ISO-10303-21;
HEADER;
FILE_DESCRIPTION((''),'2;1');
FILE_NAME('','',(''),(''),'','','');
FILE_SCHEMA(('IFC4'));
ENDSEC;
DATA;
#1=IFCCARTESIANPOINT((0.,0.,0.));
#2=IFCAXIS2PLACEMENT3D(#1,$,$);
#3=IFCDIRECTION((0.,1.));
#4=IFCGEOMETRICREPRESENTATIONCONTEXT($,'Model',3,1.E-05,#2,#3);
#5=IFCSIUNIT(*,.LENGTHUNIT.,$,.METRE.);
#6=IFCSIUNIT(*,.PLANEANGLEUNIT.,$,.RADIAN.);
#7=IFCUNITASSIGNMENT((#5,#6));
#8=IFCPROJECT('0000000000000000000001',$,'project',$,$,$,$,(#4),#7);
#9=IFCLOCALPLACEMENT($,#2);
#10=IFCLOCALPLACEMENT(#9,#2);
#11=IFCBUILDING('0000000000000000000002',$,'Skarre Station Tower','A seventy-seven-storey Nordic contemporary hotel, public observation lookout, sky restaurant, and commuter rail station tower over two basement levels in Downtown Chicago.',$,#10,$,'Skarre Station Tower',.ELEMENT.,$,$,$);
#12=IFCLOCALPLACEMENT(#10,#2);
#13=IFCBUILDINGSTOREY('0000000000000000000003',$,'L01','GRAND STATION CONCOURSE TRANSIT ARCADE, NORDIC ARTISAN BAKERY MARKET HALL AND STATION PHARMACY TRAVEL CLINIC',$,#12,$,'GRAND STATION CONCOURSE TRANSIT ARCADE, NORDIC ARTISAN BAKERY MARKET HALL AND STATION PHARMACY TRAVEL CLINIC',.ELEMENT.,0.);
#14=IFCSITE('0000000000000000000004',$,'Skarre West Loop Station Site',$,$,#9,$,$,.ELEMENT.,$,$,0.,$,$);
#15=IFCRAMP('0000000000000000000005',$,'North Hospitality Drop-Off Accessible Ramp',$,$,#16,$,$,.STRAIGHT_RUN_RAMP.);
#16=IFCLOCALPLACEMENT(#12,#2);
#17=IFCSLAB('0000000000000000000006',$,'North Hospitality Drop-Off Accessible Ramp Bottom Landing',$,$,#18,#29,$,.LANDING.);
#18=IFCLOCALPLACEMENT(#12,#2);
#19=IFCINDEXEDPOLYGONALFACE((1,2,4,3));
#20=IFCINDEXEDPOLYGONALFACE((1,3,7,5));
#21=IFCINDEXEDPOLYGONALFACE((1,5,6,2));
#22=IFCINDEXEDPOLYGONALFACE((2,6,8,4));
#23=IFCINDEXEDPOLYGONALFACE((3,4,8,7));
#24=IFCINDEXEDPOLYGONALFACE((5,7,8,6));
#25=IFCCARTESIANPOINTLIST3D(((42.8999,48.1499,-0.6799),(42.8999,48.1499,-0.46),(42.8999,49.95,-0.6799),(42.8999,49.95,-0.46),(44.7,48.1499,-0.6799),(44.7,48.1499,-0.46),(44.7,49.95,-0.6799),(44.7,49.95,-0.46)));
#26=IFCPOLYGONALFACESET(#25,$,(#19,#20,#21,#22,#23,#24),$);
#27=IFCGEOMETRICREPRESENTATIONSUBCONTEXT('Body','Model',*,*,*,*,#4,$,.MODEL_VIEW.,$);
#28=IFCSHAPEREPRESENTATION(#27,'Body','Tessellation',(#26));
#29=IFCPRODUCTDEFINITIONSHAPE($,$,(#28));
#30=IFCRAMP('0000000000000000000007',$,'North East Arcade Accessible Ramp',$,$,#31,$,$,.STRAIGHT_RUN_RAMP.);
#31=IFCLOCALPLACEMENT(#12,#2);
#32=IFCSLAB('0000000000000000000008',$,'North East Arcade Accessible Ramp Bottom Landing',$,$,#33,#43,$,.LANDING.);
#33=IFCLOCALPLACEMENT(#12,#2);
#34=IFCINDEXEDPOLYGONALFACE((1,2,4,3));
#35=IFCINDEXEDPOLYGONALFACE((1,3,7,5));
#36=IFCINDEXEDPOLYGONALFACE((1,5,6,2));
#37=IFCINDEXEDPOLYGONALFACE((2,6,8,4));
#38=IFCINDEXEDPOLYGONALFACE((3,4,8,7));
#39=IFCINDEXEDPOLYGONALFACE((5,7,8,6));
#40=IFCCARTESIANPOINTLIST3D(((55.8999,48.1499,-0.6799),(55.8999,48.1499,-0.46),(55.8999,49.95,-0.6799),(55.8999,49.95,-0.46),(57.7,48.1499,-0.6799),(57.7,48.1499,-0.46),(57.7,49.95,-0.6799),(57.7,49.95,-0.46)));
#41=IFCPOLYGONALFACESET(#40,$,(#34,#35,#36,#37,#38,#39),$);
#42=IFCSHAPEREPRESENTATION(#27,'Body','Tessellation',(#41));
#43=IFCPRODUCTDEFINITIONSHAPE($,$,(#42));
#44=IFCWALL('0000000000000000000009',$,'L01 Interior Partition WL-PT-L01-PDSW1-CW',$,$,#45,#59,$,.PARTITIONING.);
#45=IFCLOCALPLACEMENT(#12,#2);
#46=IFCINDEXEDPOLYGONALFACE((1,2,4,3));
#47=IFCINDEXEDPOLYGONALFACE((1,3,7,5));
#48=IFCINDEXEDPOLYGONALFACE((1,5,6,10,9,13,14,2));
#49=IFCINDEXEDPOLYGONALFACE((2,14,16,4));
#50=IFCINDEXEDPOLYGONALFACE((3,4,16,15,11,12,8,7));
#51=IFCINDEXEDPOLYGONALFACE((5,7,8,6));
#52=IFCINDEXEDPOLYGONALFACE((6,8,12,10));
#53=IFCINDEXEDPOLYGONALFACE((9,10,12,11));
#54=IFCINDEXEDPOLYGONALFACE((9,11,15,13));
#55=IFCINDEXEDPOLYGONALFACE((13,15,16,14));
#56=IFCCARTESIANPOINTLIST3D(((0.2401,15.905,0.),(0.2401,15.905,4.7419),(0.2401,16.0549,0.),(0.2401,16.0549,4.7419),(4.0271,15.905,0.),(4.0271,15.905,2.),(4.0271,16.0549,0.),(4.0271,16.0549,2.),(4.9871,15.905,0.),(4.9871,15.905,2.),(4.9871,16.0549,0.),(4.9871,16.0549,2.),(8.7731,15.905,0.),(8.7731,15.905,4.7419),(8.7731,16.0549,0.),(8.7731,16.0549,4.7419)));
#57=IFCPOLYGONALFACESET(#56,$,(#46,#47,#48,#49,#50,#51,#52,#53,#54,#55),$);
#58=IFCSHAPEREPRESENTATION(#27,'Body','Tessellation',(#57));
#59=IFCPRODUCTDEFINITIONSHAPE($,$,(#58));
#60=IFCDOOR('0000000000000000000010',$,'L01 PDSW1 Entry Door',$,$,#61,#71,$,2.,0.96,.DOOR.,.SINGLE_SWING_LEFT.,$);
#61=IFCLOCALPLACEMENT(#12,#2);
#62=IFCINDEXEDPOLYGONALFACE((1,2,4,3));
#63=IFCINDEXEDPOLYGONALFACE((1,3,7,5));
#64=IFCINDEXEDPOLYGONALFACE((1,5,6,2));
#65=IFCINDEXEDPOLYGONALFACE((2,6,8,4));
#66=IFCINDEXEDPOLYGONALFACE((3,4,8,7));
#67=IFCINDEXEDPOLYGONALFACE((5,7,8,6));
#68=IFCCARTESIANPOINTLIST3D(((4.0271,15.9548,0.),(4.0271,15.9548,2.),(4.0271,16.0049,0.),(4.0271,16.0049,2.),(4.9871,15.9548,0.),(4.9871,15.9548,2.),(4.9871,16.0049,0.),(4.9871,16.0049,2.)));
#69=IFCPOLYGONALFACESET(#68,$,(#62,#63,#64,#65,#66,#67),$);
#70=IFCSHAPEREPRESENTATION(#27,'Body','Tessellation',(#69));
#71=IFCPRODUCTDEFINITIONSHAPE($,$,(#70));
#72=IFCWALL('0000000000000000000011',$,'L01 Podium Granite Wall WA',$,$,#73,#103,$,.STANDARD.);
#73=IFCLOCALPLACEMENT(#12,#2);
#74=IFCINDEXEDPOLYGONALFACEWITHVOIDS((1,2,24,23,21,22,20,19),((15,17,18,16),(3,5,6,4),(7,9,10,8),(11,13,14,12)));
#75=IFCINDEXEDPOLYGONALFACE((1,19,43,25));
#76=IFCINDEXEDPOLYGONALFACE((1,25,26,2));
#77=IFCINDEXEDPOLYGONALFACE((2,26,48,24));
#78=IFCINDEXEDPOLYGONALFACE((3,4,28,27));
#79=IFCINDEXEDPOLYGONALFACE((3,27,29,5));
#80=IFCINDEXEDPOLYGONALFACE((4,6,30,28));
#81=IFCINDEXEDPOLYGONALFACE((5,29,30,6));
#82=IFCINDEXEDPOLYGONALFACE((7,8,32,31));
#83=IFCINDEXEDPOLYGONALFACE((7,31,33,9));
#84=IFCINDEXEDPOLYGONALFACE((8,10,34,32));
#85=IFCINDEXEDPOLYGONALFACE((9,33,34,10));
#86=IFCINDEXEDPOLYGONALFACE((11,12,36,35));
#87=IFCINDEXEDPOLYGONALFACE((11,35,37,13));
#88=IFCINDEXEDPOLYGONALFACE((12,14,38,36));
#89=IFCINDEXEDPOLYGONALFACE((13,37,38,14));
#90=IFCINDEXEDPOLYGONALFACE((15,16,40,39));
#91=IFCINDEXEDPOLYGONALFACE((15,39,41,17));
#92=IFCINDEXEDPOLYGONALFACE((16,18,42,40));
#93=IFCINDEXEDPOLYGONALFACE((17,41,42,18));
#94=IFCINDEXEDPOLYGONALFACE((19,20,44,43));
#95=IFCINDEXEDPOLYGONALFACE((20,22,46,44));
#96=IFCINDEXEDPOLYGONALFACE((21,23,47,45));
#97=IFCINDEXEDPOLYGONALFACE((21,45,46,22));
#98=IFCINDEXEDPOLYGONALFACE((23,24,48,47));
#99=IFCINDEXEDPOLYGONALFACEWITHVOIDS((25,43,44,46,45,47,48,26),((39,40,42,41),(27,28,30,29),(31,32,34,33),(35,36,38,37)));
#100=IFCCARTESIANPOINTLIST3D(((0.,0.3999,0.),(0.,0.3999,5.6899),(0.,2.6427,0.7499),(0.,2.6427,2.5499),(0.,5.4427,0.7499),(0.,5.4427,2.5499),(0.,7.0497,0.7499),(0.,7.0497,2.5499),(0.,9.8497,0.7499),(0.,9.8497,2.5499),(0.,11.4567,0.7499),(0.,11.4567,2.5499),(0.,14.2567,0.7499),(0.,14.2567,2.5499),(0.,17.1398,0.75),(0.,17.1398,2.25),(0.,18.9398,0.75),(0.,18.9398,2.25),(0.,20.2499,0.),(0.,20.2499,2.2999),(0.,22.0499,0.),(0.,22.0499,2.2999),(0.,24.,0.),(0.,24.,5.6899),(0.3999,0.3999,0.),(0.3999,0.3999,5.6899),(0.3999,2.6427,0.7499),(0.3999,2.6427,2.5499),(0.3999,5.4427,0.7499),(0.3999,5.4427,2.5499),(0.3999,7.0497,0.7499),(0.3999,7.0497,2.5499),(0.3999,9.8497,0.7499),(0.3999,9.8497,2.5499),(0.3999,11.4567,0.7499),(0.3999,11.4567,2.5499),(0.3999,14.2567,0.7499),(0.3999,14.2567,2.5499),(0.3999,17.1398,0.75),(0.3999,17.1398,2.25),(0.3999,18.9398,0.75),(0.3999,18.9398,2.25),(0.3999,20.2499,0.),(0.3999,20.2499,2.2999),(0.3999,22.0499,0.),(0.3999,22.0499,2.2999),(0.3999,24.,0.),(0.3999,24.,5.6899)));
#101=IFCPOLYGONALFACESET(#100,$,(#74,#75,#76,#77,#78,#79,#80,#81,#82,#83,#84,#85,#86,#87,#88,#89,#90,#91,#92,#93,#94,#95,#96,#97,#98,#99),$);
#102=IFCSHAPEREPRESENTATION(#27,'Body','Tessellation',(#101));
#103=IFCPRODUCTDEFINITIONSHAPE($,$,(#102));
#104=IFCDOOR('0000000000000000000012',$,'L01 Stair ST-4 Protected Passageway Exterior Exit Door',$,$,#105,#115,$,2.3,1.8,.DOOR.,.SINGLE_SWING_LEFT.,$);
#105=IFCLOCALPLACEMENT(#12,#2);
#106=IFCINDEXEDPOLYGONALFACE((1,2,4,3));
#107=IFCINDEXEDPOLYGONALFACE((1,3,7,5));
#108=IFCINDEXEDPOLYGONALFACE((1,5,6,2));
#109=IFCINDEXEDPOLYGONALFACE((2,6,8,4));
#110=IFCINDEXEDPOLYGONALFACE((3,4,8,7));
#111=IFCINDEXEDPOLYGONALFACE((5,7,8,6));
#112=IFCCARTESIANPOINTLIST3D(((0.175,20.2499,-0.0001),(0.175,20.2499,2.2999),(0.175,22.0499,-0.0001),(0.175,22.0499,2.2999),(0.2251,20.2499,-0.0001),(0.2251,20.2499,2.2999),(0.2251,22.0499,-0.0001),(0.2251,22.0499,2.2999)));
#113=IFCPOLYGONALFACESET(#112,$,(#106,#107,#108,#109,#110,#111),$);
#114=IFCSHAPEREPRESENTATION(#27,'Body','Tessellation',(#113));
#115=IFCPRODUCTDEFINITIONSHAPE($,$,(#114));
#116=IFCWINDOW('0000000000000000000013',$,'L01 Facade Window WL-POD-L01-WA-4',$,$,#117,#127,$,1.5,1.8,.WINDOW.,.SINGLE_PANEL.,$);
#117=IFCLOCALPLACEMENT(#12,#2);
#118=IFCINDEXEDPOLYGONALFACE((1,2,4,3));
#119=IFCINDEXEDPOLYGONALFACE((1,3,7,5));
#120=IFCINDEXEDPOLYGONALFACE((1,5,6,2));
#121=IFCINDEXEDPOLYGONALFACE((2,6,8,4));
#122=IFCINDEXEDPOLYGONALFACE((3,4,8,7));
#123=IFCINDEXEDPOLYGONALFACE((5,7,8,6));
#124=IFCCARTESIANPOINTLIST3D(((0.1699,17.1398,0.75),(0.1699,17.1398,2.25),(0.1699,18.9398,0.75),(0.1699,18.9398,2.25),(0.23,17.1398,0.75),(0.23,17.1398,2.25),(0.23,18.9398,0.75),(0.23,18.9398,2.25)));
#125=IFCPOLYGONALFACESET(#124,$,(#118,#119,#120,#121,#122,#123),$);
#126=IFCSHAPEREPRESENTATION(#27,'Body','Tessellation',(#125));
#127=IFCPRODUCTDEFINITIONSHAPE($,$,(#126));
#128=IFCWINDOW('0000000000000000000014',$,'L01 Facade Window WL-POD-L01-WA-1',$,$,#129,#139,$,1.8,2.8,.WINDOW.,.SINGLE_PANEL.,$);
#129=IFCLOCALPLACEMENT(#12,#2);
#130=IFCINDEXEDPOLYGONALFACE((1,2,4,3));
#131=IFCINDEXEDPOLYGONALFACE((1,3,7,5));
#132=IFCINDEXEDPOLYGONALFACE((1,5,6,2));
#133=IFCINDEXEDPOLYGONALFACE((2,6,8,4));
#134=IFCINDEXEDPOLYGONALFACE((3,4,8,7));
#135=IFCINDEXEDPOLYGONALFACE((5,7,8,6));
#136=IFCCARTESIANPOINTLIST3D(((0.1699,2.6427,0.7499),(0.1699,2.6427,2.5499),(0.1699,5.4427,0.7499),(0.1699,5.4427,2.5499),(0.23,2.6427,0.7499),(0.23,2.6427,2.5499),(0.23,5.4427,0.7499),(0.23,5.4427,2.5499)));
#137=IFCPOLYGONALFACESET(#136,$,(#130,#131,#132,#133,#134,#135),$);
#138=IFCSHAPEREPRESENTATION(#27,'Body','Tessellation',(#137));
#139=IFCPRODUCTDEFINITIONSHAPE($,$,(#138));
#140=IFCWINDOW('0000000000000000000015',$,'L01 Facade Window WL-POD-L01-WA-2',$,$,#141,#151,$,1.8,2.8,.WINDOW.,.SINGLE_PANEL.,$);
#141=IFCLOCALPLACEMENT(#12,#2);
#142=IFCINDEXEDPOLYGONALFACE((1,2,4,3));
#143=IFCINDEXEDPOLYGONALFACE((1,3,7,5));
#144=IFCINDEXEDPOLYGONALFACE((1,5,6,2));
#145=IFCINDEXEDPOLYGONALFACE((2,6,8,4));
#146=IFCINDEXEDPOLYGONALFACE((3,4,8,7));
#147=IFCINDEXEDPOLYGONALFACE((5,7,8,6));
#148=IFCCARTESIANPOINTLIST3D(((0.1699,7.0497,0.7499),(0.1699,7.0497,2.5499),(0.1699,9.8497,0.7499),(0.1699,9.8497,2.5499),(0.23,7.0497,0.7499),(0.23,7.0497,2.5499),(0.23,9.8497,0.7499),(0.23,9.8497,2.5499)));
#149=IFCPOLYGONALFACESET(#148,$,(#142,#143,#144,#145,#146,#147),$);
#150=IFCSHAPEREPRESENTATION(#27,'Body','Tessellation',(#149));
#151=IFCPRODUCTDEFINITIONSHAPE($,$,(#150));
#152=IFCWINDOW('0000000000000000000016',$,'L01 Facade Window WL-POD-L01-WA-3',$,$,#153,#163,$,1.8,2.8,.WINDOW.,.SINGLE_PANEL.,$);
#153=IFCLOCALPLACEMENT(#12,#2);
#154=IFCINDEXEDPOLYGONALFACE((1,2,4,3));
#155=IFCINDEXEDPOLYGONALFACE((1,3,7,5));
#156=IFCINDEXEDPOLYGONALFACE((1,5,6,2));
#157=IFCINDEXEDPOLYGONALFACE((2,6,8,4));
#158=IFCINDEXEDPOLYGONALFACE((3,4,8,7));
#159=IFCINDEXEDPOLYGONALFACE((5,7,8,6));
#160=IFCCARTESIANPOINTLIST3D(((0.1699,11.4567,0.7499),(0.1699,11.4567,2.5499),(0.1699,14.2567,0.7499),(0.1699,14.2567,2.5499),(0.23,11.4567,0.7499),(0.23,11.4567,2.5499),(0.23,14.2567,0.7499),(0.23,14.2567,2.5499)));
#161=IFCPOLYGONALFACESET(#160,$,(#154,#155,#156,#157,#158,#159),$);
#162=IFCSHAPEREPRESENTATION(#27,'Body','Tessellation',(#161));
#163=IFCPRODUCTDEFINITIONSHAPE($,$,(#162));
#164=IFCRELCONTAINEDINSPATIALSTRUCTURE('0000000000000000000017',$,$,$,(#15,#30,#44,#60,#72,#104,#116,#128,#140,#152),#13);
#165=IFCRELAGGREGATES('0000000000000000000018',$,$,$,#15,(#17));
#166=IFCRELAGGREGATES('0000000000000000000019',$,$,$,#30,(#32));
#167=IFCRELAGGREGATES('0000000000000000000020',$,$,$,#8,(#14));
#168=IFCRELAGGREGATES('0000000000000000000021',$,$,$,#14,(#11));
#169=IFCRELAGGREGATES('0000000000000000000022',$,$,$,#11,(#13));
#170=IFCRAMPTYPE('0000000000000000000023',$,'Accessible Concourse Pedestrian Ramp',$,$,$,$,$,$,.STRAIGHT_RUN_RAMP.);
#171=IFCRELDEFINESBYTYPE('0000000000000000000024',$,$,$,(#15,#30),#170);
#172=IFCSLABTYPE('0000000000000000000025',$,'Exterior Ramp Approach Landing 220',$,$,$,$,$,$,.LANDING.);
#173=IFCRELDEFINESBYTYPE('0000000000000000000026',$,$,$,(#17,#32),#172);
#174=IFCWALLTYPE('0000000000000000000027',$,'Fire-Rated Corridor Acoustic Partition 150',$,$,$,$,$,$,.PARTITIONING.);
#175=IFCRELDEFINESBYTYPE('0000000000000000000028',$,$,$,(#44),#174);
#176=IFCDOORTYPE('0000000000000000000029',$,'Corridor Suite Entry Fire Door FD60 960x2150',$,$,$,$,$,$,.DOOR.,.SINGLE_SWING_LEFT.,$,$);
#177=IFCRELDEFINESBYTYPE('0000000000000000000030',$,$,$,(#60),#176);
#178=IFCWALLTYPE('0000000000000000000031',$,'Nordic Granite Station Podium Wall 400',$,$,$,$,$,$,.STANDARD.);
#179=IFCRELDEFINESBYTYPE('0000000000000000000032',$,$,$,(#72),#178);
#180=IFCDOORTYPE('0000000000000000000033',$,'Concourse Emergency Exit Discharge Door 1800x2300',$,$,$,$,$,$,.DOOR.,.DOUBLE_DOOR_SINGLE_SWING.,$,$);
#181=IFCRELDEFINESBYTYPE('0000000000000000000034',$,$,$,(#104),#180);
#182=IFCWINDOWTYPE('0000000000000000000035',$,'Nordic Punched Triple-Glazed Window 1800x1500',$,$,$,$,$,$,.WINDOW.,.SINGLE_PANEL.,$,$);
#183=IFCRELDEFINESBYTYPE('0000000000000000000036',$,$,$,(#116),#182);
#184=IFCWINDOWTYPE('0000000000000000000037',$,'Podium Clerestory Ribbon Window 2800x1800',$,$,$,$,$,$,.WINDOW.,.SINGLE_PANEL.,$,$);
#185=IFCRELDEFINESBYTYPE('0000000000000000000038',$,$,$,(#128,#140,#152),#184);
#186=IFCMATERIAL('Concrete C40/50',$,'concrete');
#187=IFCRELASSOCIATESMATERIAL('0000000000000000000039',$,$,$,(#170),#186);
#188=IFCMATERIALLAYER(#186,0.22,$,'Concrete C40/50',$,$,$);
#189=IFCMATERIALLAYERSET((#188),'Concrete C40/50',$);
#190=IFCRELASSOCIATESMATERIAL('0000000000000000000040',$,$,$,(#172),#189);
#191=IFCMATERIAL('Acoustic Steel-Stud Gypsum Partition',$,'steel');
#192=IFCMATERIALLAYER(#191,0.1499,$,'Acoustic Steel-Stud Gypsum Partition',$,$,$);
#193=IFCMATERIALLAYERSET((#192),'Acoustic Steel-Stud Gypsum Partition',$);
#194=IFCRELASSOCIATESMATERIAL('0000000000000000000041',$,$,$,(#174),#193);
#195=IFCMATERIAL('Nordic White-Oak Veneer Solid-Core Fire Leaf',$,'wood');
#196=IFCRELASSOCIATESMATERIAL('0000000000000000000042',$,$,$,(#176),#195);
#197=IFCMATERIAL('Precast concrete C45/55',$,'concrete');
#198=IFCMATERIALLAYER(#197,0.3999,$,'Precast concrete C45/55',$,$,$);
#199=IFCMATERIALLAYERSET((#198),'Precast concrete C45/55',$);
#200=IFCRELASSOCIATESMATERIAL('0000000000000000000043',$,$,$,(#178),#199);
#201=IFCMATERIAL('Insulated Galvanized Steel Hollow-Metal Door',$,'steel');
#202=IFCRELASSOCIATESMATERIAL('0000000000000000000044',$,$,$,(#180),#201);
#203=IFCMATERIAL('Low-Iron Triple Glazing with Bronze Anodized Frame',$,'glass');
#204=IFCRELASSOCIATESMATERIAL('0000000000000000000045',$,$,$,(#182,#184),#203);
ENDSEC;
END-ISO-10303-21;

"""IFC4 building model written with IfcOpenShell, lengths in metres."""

from ifc_helpers import new_model, si_unit, direction, frame, frame_2d, origin, place, context, subcontext, project, spatial, polyline, rectangle, outline, extrude, material, layer, layer_set, type_object, element, fill, aggregate, save


model = new_model("IFC4")

# Units and contexts
model_context = context("Model", 3, precision=1e-05, world=origin(), true_north=direction((0.0, 1.0)))
body_context = subcontext(model_context, "Body", "Model", "MODEL_VIEW")
ifc_project = project(units=[si_unit("LENGTHUNIT", "METRE"), si_unit("PLANEANGLEUNIT", "RADIAN")], contexts=[model_context])

# Site, building, storey
site_placement = place(None, origin())
site = spatial("IfcSite", under=ifc_project, at=site_placement, Name="Skarre West Loop Station Site", CompositionType="ELEMENT", RefElevation=0.0)
building_placement = place(site_placement, origin())
building = spatial("IfcBuilding", under=site, at=building_placement, Name="Skarre Station Tower", Description="A seventy-seven-storey Nordic contemporary hotel, public observation lookout, sky restaurant, and commuter rail station tower over two basement levels in Downtown Chicago.", LongName="Skarre Station Tower", CompositionType="ELEMENT")
storey_placement = place(building_placement, origin())
storey = spatial("IfcBuildingStorey", under=building, at=storey_placement, Name="L01", Description="GRAND STATION CONCOURSE TRANSIT ARCADE, NORDIC ARTISAN BAKERY MARKET HALL AND STATION PHARMACY TRAVEL CLINIC", LongName="GRAND STATION CONCOURSE TRANSIT ARCADE, NORDIC ARTISAN BAKERY MARKET HALL AND STATION PHARMACY TRAVEL CLINIC", CompositionType="ELEMENT", Elevation=0.0)

# Ramps, slabs
ifc_material_1 = material(Name="Concrete C40/50", Category="concrete")
ramp_type = type_object("IfcRampType", Name="Accessible Concourse Pedestrian Ramp", PredefinedType="STRAIGHT_RUN_RAMP", material=ifc_material_1)
ifc_layer_1 = layer(ifc_material_1, 0.22, Name="Concrete C40/50")
ifc_layer_set_1 = layer_set([ifc_layer_1], Name="Concrete C40/50")
slab_type = type_object("IfcSlabType", Name="Exterior Ramp Approach Landing 220", PredefinedType="LANDING", material=ifc_layer_set_1)
ramp_1_placement = place(storey_placement, origin())
ramp_1 = element("IfcRamp", 1, at=ramp_1_placement, inside=storey, type_object=ramp_type, Name="North Hospitality Drop-Off Accessible Ramp", PredefinedType="STRAIGHT_RUN_RAMP")
slab_1_placement = place(storey_placement, frame((0.0, 0.0, -0.6799)))
slab_1 = element("IfcSlab", 2, at=slab_1_placement, type_object=slab_type, Name="North Hospitality Drop-Off Accessible Ramp Bottom Landing", PredefinedType="LANDING", context=body_context, shape_type="SweptSolid", body=[
    extrude(outline(polyline([(42.8999, 48.1499), (44.7, 48.1499), (44.7, 49.95), (42.8999, 49.95), (42.8999, 48.1499)])), origin(), (0.0, 0.0, 1.0), 0.22),
])
aggregate(ramp_1, [slab_1])
ramp_2_placement = place(storey_placement, origin())
ramp_2 = element("IfcRamp", 3, at=ramp_2_placement, inside=storey, type_object=ramp_type, Name="North East Arcade Accessible Ramp", PredefinedType="STRAIGHT_RUN_RAMP")
slab_2_placement = place(storey_placement, frame((0.0, 0.0, -0.6799)))
slab_2 = element("IfcSlab", 4, at=slab_2_placement, type_object=slab_type, Name="North East Arcade Accessible Ramp Bottom Landing", PredefinedType="LANDING", context=body_context, shape_type="SweptSolid", body=[
    extrude(outline(polyline([(55.8999, 48.1499), (57.7, 48.1499), (57.7, 49.95), (55.8999, 49.95), (55.8999, 48.1499)])), origin(), (0.0, 0.0, 1.0), 0.22),
])
aggregate(ramp_2, [slab_2])

# Wall, opening, door
ifc_material_2 = material(Name="Acoustic Steel-Stud Gypsum Partition", Category="steel")
ifc_layer_2 = layer(ifc_material_2, 0.1499, Name="Acoustic Steel-Stud Gypsum Partition")
ifc_layer_set_2 = layer_set([ifc_layer_2], Name="Acoustic Steel-Stud Gypsum Partition")
wall_type_1 = type_object("IfcWallType", Name="Fire-Rated Corridor Acoustic Partition 150", PredefinedType="PARTITIONING", material=ifc_layer_set_2)
wall_1_placement = place(storey_placement, frame((0.24, 15.98, 0.0), z_axis=(0.0, 0.0, 1.0), x_axis=(1.0, 0.0, 0.0)))
wall_1 = element("IfcWall", 5, at=wall_1_placement, inside=storey, type_object=wall_type_1, Name="L01 Interior Partition WL-PT-L01-PDSW1-CW", PredefinedType="PARTITIONING", context=body_context, shape_type="SweptSolid", body=[
    extrude(rectangle(XDim=8.533, YDim=0.1499, at=frame_2d((4.2666, 0.0))), origin(), (0.0, 0.0, 1.0), 4.7419),
])
opening_1_placement = place(wall_1_placement, frame((3.7871, 0.0, 0.0)))
opening_1 = element("IfcOpeningElement", 6, at=opening_1_placement, cuts=wall_1, PredefinedType="OPENING", context=body_context, shape_type="SweptSolid", body=[
    extrude(rectangle(XDim=0.96, YDim=2.0, at=frame_2d((0.48, 1.0))), frame((0.0, 0.085, 0.0), z_axis=(0.0, -1.0, 0.0), x_axis=(1.0, 0.0, 0.0)), (0.0, 0.0, 1.0), 0.1699),
])
ifc_material_3 = material(Name="Nordic White-Oak Veneer Solid-Core Fire Leaf", Category="wood")
door_type_1 = type_object("IfcDoorType", Name="Corridor Suite Entry Fire Door FD60 960x2150", OperationType="SINGLE_SWING_LEFT", PredefinedType="DOOR", material=ifc_material_3)
door_1_placement = place(opening_1_placement, origin())
door_1 = element("IfcDoor", 7, at=door_1_placement, inside=storey, type_object=door_type_1, Name="L01 PDSW1 Entry Door", OperationType="SINGLE_SWING_LEFT", OverallHeight=2.0, OverallWidth=0.96, PredefinedType="DOOR", context=body_context, shape_type="SweptSolid", body=[
    extrude(rectangle(XDim=0.96, YDim=2.0, at=frame_2d((0.48, 1.0))), frame((0.0, 0.0249, 0.0), z_axis=(0.0, -1.0, 0.0), x_axis=(1.0, 0.0, 0.0)), (0.0, 0.0, 1.0), 0.05),
])
fill(opening_1, door_1)

# Wall, openings, door, windows
ifc_material_4 = material(Name="Precast concrete C45/55", Category="concrete")
ifc_layer_3 = layer(ifc_material_4, 0.3999, Name="Precast concrete C45/55")
ifc_layer_set_3 = layer_set([ifc_layer_3], Name="Precast concrete C45/55")
wall_type_2 = type_object("IfcWallType", Name="Nordic Granite Station Podium Wall 400", PredefinedType="STANDARD", material=ifc_layer_set_3)
wall_2_placement = place(storey_placement, frame((0.2, 0.3999, 0.0), z_axis=(0.0, 0.0, 1.0), x_axis=(0.0, 1.0, 0.0)))
wall_2 = element("IfcWall", 8, at=wall_2_placement, inside=storey, type_object=wall_type_2, Name="L01 Podium Granite Wall WA", PredefinedType="STANDARD", context=body_context, shape_type="SweptSolid", body=[
    extrude(rectangle(XDim=23.6001, YDim=0.3999, at=frame_2d((11.8, 0.0))), origin(), (0.0, 0.0, 1.0), 5.6899),
])
opening_2_placement = place(wall_2_placement, frame((19.8501, 0.0, 0.0)))
opening_2 = element("IfcOpeningElement", 9, at=opening_2_placement, cuts=wall_2, PredefinedType="OPENING", context=body_context, shape_type="SweptSolid", body=[
    extrude(rectangle(XDim=1.8, YDim=2.3, at=frame_2d((0.8999, 1.1499))), frame((0.0, 0.21, 0.0), z_axis=(0.0, -1.0, 0.0), x_axis=(1.0, 0.0, 0.0)), (0.0, 0.0, 1.0), 0.4199),
])
opening_3_placement = place(wall_2_placement, frame((2.2429, 0.0, 0.75)))
opening_3 = element("IfcOpeningElement", 10, at=opening_3_placement, cuts=wall_2, PredefinedType="OPENING", context=body_context, shape_type="SweptSolid", body=[
    extrude(rectangle(XDim=2.8, YDim=1.8, at=frame_2d((1.3999, 0.8999))), frame((0.0, 0.21, 0.0), z_axis=(0.0, -1.0, 0.0), x_axis=(1.0, 0.0, 0.0)), (0.0, 0.0, 1.0), 0.4199),
])
opening_4_placement = place(wall_2_placement, frame((6.6499, 0.0, 0.75)))
opening_4 = element("IfcOpeningElement", 11, at=opening_4_placement, cuts=wall_2, PredefinedType="OPENING", context=body_context, shape_type="SweptSolid", body=[
    extrude(rectangle(XDim=2.8, YDim=1.8, at=frame_2d((1.3999, 0.8999))), frame((0.0, 0.21, 0.0), z_axis=(0.0, -1.0, 0.0), x_axis=(1.0, 0.0, 0.0)), (0.0, 0.0, 1.0), 0.4199),
])
opening_5_placement = place(wall_2_placement, frame((11.0569, 0.0, 0.75)))
opening_5 = element("IfcOpeningElement", 12, at=opening_5_placement, cuts=wall_2, PredefinedType="OPENING", context=body_context, shape_type="SweptSolid", body=[
    extrude(rectangle(XDim=2.8, YDim=1.8, at=frame_2d((1.3999, 0.8999))), frame((0.0, 0.21, 0.0), z_axis=(0.0, -1.0, 0.0), x_axis=(1.0, 0.0, 0.0)), (0.0, 0.0, 1.0), 0.4199),
])
opening_6_placement = place(wall_2_placement, frame((16.74, 0.0, 0.75)))
opening_6 = element("IfcOpeningElement", 13, at=opening_6_placement, cuts=wall_2, PredefinedType="OPENING", context=body_context, shape_type="SweptSolid", body=[
    extrude(rectangle(XDim=1.8, YDim=1.5, at=frame_2d((0.8999, 0.75))), frame((0.0, 0.21, 0.0), z_axis=(0.0, -1.0, 0.0), x_axis=(1.0, 0.0, 0.0)), (0.0, 0.0, 1.0), 0.4199),
])
ifc_material_5 = material(Name="Insulated Galvanized Steel Hollow-Metal Door", Category="steel")
door_type_2 = type_object("IfcDoorType", Name="Concourse Emergency Exit Discharge Door 1800x2300", OperationType="DOUBLE_DOOR_SINGLE_SWING", PredefinedType="DOOR", material=ifc_material_5)
door_2_placement = place(opening_2_placement, origin())
door_2 = element("IfcDoor", 14, at=door_2_placement, inside=storey, type_object=door_type_2, Name="L01 Stair ST-4 Protected Passageway Exterior Exit Door", OperationType="SINGLE_SWING_LEFT", OverallHeight=2.3, OverallWidth=1.8, PredefinedType="DOOR", context=body_context, shape_type="SweptSolid", body=[
    extrude(rectangle(XDim=1.8, YDim=2.3, at=frame_2d((0.8999, 1.1499))), frame((0.0, 0.0249, 0.0), z_axis=(0.0, -1.0, 0.0), x_axis=(1.0, 0.0, 0.0)), (0.0, 0.0, 1.0), 0.05),
])
fill(opening_2, door_2)
ifc_material_6 = material(Name="Low-Iron Triple Glazing with Bronze Anodized Frame", Category="glass")
window_type_1 = type_object("IfcWindowType", Name="Nordic Punched Triple-Glazed Window 1800x1500", PartitioningType="SINGLE_PANEL", PredefinedType="WINDOW", material=ifc_material_6)
window_1_placement = place(opening_6_placement, origin())
window_1 = element("IfcWindow", 15, at=window_1_placement, inside=storey, type_object=window_type_1, Name="L01 Facade Window WL-POD-L01-WA-4", OverallHeight=1.5, OverallWidth=1.8, PartitioningType="SINGLE_PANEL", PredefinedType="WINDOW", context=body_context, shape_type="SweptSolid", body=[
    extrude(rectangle(XDim=1.8, YDim=1.5, at=frame_2d((0.8999, 0.75))), frame((0.0, 0.03, 0.0), z_axis=(0.0, -1.0, 0.0), x_axis=(1.0, 0.0, 0.0)), (0.0, 0.0, 1.0), 0.0601),
])
fill(opening_6, window_1)
window_type_2 = type_object("IfcWindowType", Name="Podium Clerestory Ribbon Window 2800x1800", PartitioningType="SINGLE_PANEL", PredefinedType="WINDOW", material=ifc_material_6)
window_2_placement = place(opening_3_placement, origin())
window_2 = element("IfcWindow", 16, at=window_2_placement, inside=storey, type_object=window_type_2, Name="L01 Facade Window WL-POD-L01-WA-1", OverallHeight=1.8, OverallWidth=2.8, PartitioningType="SINGLE_PANEL", PredefinedType="WINDOW", context=body_context, shape_type="SweptSolid", body=[
    extrude(rectangle(XDim=2.8, YDim=1.8, at=frame_2d((1.3999, 0.8999))), frame((0.0, 0.03, 0.0), z_axis=(0.0, -1.0, 0.0), x_axis=(1.0, 0.0, 0.0)), (0.0, 0.0, 1.0), 0.0601),
])
fill(opening_3, window_2)
window_3_placement = place(opening_4_placement, origin())
window_3 = element("IfcWindow", 17, at=window_3_placement, inside=storey, type_object=window_type_2, Name="L01 Facade Window WL-POD-L01-WA-2", OverallHeight=1.8, OverallWidth=2.8, PartitioningType="SINGLE_PANEL", PredefinedType="WINDOW", context=body_context, shape_type="SweptSolid", body=[
    extrude(rectangle(XDim=2.8, YDim=1.8, at=frame_2d((1.3999, 0.8999))), frame((0.0, 0.03, 0.0), z_axis=(0.0, -1.0, 0.0), x_axis=(1.0, 0.0, 0.0)), (0.0, 0.0, 1.0), 0.0601),
])
fill(opening_4, window_3)
window_4_placement = place(opening_5_placement, origin())
window_4 = element("IfcWindow", 18, at=window_4_placement, inside=storey, type_object=window_type_2, Name="L01 Facade Window WL-POD-L01-WA-3", OverallHeight=1.8, OverallWidth=2.8, PartitioningType="SINGLE_PANEL", PredefinedType="WINDOW", context=body_context, shape_type="SweptSolid", body=[
    extrude(rectangle(XDim=2.8, YDim=1.8, at=frame_2d((1.3999, 0.8999))), frame((0.0, 0.03, 0.0), z_axis=(0.0, -1.0, 0.0), x_axis=(1.0, 0.0, 0.0)), (0.0, 0.0, 1.0), 0.0601),
])
fill(opening_5, window_4)

save(model, "model.ifc")
